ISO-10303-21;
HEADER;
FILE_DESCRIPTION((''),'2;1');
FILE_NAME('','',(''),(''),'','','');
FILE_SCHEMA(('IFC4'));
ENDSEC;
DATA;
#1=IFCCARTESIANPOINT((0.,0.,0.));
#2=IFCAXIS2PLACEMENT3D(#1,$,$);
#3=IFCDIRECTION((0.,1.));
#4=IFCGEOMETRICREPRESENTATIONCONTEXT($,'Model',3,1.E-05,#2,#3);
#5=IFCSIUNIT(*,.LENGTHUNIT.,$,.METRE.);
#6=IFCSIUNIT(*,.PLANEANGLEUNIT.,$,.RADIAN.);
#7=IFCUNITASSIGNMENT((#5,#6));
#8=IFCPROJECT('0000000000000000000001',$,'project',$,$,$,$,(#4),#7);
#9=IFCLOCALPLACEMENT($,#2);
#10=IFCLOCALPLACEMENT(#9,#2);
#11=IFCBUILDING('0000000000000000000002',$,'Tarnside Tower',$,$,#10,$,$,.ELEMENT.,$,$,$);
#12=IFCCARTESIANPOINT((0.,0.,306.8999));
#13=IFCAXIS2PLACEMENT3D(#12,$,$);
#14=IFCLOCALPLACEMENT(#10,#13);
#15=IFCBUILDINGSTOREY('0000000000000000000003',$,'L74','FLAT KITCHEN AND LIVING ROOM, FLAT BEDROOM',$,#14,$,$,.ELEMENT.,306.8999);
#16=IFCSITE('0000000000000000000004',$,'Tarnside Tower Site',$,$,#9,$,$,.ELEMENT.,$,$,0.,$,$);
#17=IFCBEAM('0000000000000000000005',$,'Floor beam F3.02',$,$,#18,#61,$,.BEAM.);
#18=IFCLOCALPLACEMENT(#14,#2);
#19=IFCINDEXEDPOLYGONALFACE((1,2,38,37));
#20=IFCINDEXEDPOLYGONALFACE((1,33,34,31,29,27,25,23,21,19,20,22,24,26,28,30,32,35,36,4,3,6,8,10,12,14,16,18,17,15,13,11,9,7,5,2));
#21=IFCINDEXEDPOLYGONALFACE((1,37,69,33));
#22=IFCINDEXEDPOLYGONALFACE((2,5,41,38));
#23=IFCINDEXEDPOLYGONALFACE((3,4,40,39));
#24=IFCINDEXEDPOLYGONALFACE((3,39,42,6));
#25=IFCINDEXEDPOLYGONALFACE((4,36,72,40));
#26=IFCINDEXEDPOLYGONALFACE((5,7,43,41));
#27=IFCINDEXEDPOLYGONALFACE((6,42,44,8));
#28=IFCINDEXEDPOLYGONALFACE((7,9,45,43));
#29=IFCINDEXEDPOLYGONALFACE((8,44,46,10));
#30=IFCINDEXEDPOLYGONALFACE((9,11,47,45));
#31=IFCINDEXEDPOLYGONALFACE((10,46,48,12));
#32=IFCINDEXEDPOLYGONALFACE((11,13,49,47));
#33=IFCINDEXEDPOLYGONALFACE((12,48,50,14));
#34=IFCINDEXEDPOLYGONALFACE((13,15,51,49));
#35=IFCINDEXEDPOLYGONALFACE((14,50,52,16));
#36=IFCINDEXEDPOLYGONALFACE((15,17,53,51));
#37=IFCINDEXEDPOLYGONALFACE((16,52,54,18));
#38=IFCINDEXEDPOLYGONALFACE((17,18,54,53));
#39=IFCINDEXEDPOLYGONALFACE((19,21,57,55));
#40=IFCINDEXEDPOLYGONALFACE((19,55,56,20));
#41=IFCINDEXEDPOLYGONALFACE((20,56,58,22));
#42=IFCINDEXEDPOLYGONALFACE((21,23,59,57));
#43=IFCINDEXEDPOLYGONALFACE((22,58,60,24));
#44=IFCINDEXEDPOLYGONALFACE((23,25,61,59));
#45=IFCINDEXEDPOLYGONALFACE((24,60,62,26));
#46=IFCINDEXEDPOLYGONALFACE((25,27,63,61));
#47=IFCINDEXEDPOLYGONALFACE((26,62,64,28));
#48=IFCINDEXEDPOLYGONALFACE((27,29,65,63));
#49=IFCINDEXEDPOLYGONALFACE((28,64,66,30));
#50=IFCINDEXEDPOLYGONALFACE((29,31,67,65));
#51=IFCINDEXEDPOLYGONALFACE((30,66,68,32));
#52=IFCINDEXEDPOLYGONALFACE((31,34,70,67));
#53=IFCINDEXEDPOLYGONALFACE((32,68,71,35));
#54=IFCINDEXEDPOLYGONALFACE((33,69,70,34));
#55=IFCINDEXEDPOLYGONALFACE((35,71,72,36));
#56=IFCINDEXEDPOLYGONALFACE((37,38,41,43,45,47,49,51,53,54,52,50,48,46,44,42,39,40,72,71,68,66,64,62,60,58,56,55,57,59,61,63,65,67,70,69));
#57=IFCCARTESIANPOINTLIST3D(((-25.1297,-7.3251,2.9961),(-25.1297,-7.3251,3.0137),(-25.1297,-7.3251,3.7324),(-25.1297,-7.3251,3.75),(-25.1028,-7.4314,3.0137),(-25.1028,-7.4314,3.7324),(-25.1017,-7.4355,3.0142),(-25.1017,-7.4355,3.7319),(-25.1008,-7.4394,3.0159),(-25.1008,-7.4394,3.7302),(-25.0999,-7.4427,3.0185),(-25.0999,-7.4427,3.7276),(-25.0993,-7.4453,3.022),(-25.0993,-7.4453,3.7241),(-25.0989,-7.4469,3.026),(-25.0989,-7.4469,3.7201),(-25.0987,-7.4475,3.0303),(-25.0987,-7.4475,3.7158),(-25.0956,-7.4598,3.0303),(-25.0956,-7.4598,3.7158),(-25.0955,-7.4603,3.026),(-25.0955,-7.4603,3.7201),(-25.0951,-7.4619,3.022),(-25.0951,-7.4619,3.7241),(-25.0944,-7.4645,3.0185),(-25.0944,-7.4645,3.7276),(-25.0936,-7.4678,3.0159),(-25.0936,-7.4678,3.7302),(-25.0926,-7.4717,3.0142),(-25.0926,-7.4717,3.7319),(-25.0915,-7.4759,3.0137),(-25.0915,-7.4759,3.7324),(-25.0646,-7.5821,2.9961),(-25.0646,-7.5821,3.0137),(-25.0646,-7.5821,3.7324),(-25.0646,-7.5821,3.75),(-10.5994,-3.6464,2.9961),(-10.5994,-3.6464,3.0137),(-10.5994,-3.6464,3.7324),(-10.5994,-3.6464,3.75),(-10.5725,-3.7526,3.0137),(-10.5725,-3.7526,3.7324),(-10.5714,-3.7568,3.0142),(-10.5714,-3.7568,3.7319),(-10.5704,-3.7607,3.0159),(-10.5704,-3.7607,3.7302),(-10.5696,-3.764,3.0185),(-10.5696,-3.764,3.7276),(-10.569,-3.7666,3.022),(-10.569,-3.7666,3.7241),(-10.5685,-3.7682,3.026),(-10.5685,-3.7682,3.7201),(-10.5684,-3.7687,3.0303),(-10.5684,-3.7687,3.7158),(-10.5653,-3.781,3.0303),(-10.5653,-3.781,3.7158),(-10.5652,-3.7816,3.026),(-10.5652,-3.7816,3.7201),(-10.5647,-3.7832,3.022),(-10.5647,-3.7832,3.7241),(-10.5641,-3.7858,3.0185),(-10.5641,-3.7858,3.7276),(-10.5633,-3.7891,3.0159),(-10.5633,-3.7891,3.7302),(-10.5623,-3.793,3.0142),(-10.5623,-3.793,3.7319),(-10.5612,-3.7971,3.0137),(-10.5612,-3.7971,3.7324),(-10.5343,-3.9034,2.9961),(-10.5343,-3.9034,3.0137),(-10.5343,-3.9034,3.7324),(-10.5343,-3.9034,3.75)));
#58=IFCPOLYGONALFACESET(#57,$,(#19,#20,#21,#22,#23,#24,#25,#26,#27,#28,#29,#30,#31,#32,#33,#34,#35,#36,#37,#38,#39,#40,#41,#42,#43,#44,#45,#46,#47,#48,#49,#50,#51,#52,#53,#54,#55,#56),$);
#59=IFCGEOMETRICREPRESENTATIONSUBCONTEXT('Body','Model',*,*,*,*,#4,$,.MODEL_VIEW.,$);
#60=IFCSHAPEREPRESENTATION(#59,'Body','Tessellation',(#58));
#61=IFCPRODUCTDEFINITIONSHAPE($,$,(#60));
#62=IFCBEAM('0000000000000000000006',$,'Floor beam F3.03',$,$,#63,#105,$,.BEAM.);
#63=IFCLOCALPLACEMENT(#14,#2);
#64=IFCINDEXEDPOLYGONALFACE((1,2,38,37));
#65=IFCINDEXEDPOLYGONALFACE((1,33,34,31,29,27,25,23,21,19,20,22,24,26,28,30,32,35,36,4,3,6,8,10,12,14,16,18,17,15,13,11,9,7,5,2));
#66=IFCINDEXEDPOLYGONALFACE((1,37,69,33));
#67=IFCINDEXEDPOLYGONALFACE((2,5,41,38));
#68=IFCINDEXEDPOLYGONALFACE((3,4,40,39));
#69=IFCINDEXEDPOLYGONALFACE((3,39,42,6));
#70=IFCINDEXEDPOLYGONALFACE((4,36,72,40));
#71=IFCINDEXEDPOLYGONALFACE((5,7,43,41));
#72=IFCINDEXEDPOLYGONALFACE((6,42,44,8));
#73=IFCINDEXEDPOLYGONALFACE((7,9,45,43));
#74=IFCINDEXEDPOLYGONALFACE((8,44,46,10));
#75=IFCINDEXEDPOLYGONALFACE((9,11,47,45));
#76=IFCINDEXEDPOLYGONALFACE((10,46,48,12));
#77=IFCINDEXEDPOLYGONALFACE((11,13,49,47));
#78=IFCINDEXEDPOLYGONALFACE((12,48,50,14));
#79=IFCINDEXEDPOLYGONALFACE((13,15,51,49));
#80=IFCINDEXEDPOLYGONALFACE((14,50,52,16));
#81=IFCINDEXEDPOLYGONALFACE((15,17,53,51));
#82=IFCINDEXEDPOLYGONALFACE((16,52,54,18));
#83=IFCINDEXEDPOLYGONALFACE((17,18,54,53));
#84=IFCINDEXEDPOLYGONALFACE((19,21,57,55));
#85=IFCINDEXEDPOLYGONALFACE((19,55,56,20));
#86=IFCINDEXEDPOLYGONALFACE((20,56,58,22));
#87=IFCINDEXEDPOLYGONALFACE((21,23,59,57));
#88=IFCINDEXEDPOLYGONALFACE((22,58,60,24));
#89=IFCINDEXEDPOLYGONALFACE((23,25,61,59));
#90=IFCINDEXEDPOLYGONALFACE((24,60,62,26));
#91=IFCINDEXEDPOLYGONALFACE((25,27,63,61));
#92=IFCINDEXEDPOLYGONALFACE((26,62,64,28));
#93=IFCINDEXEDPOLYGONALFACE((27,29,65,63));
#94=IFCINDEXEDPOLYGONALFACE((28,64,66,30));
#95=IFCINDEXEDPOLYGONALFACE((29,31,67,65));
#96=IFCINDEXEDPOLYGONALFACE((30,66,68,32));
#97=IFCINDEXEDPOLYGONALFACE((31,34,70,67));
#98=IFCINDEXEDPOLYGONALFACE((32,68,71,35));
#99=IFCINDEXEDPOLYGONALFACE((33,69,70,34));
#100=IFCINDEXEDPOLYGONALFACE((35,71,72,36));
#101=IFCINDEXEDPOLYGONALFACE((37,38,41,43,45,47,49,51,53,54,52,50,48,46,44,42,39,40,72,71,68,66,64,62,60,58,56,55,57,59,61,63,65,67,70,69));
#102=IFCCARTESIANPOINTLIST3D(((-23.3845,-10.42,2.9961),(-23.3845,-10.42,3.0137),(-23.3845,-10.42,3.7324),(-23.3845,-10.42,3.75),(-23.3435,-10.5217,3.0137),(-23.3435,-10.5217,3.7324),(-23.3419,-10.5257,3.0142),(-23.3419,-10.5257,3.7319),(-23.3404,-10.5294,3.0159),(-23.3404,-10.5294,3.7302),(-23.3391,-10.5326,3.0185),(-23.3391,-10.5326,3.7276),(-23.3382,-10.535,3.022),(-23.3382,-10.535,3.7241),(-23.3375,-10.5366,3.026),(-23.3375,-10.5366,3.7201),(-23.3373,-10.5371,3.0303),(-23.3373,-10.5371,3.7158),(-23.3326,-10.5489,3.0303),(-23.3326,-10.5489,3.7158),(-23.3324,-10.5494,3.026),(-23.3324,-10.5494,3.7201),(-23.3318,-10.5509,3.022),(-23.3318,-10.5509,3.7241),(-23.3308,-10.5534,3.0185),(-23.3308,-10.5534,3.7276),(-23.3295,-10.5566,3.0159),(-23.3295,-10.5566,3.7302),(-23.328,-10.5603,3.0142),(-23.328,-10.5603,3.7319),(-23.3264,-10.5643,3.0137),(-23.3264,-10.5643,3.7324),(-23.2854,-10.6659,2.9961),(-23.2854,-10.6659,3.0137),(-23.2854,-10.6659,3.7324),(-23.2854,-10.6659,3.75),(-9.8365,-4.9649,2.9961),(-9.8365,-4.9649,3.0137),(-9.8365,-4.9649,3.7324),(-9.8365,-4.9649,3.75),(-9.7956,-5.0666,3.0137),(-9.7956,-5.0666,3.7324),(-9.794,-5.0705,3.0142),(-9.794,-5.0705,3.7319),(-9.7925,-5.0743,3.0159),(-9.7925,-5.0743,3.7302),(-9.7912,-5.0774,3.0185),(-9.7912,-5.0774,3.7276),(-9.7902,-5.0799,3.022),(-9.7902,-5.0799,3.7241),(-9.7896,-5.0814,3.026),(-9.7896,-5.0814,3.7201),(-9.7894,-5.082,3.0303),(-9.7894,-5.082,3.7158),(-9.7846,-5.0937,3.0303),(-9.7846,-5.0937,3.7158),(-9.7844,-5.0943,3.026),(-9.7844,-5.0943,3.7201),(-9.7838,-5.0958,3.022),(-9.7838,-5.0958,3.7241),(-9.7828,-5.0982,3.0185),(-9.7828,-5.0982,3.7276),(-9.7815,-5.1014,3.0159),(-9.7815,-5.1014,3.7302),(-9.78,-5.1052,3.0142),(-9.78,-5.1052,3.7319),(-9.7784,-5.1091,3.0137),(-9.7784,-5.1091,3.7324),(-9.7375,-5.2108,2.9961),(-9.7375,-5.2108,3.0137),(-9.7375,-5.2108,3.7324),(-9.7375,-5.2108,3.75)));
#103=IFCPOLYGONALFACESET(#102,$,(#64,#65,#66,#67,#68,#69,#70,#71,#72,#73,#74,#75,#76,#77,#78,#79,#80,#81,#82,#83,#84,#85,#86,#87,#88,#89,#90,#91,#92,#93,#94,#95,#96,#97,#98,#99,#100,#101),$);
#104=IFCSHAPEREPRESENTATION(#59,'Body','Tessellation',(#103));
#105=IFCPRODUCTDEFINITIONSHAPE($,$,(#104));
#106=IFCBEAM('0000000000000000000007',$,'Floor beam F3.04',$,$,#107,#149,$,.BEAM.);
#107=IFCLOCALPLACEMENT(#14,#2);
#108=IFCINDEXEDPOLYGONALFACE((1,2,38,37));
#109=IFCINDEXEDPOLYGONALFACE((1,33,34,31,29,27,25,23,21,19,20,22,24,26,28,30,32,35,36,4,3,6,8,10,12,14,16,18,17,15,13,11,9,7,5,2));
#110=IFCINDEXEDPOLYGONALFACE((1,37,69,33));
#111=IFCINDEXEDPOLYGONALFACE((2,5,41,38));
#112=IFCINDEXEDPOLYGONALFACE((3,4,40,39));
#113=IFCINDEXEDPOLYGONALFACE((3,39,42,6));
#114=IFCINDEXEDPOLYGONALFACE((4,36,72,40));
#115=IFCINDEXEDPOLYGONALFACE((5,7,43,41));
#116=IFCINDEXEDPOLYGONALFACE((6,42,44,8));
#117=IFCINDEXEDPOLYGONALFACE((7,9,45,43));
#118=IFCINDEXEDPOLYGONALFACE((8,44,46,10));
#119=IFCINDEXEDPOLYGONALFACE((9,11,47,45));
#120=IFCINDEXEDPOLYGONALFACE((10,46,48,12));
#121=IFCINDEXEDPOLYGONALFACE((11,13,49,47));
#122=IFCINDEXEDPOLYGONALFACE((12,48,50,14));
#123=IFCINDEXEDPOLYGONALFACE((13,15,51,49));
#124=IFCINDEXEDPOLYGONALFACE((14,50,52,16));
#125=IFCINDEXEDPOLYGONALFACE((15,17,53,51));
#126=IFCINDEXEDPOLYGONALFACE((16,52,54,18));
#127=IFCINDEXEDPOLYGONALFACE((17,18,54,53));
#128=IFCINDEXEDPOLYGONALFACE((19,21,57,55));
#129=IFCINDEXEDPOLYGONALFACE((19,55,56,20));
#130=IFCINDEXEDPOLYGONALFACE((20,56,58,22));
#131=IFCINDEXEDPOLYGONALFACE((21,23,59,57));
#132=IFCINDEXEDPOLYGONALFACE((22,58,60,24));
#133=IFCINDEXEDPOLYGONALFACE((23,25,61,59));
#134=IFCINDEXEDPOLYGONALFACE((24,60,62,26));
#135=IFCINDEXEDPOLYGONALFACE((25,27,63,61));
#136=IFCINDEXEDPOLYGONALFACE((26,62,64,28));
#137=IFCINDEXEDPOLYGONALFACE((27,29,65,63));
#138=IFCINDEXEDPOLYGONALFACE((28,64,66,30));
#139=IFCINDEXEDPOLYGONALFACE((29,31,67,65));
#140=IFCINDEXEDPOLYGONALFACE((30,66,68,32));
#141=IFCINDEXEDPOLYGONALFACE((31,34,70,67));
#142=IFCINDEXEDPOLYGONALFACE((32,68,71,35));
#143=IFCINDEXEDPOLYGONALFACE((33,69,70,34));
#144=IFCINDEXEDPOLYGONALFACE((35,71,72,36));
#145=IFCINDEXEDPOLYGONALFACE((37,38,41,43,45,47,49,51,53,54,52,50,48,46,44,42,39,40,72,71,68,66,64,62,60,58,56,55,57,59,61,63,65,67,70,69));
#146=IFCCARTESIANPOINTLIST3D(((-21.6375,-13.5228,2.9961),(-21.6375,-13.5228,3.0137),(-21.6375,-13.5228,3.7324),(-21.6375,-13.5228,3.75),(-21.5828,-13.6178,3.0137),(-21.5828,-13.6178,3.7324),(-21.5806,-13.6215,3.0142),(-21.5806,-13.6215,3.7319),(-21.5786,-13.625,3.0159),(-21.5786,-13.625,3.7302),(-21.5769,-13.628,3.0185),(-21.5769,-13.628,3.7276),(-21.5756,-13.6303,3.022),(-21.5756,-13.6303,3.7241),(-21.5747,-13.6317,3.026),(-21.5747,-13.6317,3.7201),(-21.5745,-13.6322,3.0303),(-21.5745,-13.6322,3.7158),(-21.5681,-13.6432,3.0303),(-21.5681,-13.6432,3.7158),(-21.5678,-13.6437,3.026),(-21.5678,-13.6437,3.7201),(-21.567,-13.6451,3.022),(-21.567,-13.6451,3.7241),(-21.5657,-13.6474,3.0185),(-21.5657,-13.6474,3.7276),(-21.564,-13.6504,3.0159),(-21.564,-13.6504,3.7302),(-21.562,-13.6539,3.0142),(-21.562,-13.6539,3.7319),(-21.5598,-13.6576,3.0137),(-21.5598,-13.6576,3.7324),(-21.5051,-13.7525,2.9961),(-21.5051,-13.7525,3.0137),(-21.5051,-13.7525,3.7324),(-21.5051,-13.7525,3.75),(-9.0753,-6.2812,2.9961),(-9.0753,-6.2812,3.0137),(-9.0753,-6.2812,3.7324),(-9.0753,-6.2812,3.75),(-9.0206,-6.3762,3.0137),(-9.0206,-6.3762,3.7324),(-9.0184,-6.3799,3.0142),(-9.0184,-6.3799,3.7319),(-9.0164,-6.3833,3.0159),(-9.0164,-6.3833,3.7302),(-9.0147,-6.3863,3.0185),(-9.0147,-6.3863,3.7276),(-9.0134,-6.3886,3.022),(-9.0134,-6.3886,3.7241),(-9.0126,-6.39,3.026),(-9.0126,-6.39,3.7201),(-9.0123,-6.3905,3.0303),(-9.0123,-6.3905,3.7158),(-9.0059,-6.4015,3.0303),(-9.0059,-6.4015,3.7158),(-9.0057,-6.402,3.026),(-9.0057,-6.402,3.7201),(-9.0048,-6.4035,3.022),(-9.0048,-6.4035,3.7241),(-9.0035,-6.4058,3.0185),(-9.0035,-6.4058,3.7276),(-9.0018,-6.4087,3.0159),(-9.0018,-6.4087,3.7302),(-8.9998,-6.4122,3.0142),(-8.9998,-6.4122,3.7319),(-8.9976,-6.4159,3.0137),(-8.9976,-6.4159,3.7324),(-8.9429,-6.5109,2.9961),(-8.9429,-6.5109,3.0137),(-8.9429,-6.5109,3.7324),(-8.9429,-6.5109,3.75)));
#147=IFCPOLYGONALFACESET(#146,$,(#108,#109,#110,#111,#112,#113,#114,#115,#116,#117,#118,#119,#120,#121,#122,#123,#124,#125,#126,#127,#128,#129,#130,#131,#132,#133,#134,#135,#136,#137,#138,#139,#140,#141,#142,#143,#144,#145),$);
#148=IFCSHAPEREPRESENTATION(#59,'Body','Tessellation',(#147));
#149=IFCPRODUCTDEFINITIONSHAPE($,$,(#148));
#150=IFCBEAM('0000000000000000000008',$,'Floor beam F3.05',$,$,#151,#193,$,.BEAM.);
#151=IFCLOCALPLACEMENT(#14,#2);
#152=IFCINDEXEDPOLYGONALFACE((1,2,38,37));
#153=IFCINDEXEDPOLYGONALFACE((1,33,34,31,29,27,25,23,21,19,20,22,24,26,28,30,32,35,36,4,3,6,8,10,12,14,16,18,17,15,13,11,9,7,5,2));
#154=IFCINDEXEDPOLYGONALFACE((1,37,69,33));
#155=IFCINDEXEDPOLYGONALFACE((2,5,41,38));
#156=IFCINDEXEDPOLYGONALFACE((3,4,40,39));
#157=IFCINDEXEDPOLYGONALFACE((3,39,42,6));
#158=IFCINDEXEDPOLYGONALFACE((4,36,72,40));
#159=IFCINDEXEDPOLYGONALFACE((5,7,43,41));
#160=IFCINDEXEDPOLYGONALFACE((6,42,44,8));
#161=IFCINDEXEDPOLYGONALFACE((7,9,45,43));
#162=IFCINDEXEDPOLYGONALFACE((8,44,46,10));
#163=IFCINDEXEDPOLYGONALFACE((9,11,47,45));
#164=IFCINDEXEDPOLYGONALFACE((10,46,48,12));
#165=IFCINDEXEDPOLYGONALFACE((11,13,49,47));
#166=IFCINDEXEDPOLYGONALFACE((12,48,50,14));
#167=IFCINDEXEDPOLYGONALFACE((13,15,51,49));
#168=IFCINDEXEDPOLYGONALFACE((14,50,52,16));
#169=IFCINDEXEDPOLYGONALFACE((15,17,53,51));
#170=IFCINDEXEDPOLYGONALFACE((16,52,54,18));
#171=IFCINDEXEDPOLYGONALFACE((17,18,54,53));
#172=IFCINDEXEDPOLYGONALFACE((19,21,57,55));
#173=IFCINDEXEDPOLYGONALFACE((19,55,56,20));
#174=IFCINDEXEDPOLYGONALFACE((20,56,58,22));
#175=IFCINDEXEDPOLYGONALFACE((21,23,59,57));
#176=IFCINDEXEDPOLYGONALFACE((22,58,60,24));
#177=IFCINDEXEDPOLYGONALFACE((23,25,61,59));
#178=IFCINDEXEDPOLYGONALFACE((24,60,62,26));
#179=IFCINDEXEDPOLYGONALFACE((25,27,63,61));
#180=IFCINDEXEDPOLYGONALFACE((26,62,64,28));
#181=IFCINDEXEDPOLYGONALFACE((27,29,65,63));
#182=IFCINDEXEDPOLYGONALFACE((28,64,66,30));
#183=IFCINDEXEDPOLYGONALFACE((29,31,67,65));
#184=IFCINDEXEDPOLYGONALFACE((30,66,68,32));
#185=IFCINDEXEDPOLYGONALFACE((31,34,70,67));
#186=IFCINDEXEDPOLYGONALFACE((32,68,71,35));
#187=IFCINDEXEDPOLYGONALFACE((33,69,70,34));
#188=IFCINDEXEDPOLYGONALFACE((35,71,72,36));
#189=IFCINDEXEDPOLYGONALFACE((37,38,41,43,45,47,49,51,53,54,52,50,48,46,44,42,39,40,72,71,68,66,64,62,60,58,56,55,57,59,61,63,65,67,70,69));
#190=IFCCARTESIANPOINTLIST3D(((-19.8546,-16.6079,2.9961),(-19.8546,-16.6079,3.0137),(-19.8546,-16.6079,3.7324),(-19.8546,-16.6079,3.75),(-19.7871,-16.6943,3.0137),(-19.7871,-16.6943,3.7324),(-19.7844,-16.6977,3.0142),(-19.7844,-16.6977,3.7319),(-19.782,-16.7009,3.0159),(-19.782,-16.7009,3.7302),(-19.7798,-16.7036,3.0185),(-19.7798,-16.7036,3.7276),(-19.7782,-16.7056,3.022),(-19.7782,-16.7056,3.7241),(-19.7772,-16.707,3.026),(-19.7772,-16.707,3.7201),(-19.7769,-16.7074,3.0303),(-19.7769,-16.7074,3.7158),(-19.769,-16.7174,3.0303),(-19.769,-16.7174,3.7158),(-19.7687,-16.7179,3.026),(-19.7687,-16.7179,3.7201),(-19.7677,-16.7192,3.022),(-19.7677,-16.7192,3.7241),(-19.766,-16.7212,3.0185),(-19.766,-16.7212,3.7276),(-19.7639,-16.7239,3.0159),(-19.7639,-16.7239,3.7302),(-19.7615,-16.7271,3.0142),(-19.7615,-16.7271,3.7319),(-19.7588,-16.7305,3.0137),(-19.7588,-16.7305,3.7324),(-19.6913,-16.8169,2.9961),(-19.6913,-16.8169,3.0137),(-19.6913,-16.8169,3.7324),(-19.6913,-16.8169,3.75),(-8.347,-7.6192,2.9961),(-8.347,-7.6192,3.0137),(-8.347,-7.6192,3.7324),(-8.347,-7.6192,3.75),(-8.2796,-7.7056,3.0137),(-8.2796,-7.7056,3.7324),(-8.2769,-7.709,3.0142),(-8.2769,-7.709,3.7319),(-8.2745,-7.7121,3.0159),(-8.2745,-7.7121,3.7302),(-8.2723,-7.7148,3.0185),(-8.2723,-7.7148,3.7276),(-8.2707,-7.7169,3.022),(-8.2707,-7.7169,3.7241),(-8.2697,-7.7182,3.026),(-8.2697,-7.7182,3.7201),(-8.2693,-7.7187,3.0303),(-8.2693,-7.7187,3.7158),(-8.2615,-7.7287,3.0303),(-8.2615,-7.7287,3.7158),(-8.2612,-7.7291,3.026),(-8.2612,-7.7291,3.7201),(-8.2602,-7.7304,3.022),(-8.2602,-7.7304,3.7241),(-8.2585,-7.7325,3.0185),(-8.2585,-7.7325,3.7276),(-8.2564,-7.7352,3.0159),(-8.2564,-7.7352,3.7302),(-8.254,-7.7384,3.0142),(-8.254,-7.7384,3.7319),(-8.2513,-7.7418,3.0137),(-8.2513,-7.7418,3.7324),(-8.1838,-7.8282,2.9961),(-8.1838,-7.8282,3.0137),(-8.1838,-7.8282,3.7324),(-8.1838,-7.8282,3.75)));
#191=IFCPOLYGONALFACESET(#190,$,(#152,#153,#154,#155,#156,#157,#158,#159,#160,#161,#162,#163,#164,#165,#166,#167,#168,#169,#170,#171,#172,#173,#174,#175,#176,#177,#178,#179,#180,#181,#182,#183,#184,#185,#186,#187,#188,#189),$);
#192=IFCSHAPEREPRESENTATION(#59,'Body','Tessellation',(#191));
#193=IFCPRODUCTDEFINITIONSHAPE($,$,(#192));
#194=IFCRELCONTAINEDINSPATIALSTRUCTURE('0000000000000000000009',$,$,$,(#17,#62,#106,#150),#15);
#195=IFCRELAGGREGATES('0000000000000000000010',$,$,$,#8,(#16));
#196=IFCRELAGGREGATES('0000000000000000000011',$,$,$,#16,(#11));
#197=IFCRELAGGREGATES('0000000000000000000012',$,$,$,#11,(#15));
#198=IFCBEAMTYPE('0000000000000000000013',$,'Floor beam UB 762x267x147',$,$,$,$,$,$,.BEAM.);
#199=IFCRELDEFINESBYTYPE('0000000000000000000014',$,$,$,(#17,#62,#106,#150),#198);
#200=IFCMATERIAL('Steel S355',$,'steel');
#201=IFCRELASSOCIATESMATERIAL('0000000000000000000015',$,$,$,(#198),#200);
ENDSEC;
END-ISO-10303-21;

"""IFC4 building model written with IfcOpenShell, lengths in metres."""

from ifc_helpers import new_model, si_unit, direction, frame, origin, origin_2d, place, context, subcontext, project, spatial, i_section, extrude, material, material_profile, profile_set, type_object, element, save


model = new_model("IFC4")

# Units and contexts
model_context = context("Model", 3, precision=1e-05, world=origin(), true_north=direction((0.0, 1.0)))
body_context = subcontext(model_context, "Body", "Model", "MODEL_VIEW")
ifc_project = project(units=[si_unit("LENGTHUNIT", "METRE"), si_unit("PLANEANGLEUNIT", "RADIAN")], contexts=[model_context])

# Site, building, storey
site_placement = place(None, origin())
site = spatial("IfcSite", under=ifc_project, at=site_placement, Name="Tarnside Tower Site", CompositionType="ELEMENT", RefElevation=0.0)
building_placement = place(site_placement, origin())
building = spatial("IfcBuilding", under=site, at=building_placement, Name="Tarnside Tower", CompositionType="ELEMENT")
storey_placement = place(building_placement, frame((0.0, 0.0, 306.8999)))
storey = spatial("IfcBuildingStorey", under=building, at=storey_placement, Name="L74", Description="FLAT KITCHEN AND LIVING ROOM, FLAT BEDROOM", CompositionType="ELEMENT", Elevation=306.8999)

# Beams
ifc_material_1 = material(Name="Steel S355", Category="steel")
ifc_material_profile_1 = material_profile(ifc_material_1, i_section(OverallWidth=0.2651, OverallDepth=0.7539, WebThickness=0.0127, FlangeThickness=0.0176, FilletRadius=0.0166, at=origin_2d()), Name="UB 762x267x147")
ifc_profile_set_1 = profile_set([ifc_material_profile_1], Name="Steel S355")
beam_type_1 = type_object("IfcBeamType", Name="Floor beam UB 762x267x147", PredefinedType="BEAM", material=ifc_profile_set_1)
beam_1_placement = place(storey_placement, frame((-25.0972, -7.4536, 3.373), z_axis=(0.969414, 0.245432, 0.0), x_axis=(-0.245432, 0.969414, 0.0)))
element("IfcBeam", 1, at=beam_1_placement, inside=storey, type_object=beam_type_1, Name="Floor beam F3.02", PredefinedType="BEAM", context=body_context, shape_type="SweptSolid", body=[
    extrude(i_section(OverallWidth=0.2651, OverallDepth=0.7539, WebThickness=0.0127, FlangeThickness=0.0176, FilletRadius=0.0166, at=origin_2d()), origin(), (0.0, 0.0, 1.0), 14.9888),
])
beam_2_placement = place(storey_placement, frame((-23.335, -10.543, 3.373), z_axis=(0.927626, 0.373511, 0.0), x_axis=(-0.373511, 0.927626, 0.0)))
element("IfcBeam", 2, at=beam_2_placement, inside=storey, type_object=beam_type_1, Name="Floor beam F3.03", PredefinedType="BEAM", context=body_context, shape_type="SweptSolid", body=[
    extrude(i_section(OverallWidth=0.2651, OverallDepth=0.7539, WebThickness=0.0127, FlangeThickness=0.0176, FilletRadius=0.0166, at=origin_2d()), origin(), (0.0, 0.0, 1.0), 14.605),
])
beam_3_placement = place(storey_placement, frame((-21.5713, -13.6377, 3.373), z_axis=(0.866357, 0.499425, 0.0), x_axis=(-0.499425, 0.866357, 0.0)))
element("IfcBeam", 3, at=beam_3_placement, inside=storey, type_object=beam_type_1, Name="Floor beam F3.04", PredefinedType="BEAM", context=body_context, shape_type="SweptSolid", body=[
    extrude(i_section(OverallWidth=0.2651, OverallDepth=0.7539, WebThickness=0.0127, FlangeThickness=0.0176, FilletRadius=0.0166, at=origin_2d()), origin(), (0.0, 0.0, 1.0), 14.5),
])
beam_4_placement = place(storey_placement, frame((-19.7729, -16.7124, 3.373), z_axis=(0.788075, 0.615579, 0.0), x_axis=(-0.615579, 0.788075, 0.0)))
element("IfcBeam", 4, at=beam_4_placement, inside=storey, type_object=beam_type_1, Name="Floor beam F3.05", PredefinedType="BEAM", context=body_context, shape_type="SweptSolid", body=[
    extrude(i_section(OverallWidth=0.2651, OverallDepth=0.7539, WebThickness=0.0127, FlangeThickness=0.0176, FilletRadius=0.0166, at=origin_2d()), origin(), (0.0, 0.0, 1.0), 14.6021),
])

save(model, "model.ifc")
